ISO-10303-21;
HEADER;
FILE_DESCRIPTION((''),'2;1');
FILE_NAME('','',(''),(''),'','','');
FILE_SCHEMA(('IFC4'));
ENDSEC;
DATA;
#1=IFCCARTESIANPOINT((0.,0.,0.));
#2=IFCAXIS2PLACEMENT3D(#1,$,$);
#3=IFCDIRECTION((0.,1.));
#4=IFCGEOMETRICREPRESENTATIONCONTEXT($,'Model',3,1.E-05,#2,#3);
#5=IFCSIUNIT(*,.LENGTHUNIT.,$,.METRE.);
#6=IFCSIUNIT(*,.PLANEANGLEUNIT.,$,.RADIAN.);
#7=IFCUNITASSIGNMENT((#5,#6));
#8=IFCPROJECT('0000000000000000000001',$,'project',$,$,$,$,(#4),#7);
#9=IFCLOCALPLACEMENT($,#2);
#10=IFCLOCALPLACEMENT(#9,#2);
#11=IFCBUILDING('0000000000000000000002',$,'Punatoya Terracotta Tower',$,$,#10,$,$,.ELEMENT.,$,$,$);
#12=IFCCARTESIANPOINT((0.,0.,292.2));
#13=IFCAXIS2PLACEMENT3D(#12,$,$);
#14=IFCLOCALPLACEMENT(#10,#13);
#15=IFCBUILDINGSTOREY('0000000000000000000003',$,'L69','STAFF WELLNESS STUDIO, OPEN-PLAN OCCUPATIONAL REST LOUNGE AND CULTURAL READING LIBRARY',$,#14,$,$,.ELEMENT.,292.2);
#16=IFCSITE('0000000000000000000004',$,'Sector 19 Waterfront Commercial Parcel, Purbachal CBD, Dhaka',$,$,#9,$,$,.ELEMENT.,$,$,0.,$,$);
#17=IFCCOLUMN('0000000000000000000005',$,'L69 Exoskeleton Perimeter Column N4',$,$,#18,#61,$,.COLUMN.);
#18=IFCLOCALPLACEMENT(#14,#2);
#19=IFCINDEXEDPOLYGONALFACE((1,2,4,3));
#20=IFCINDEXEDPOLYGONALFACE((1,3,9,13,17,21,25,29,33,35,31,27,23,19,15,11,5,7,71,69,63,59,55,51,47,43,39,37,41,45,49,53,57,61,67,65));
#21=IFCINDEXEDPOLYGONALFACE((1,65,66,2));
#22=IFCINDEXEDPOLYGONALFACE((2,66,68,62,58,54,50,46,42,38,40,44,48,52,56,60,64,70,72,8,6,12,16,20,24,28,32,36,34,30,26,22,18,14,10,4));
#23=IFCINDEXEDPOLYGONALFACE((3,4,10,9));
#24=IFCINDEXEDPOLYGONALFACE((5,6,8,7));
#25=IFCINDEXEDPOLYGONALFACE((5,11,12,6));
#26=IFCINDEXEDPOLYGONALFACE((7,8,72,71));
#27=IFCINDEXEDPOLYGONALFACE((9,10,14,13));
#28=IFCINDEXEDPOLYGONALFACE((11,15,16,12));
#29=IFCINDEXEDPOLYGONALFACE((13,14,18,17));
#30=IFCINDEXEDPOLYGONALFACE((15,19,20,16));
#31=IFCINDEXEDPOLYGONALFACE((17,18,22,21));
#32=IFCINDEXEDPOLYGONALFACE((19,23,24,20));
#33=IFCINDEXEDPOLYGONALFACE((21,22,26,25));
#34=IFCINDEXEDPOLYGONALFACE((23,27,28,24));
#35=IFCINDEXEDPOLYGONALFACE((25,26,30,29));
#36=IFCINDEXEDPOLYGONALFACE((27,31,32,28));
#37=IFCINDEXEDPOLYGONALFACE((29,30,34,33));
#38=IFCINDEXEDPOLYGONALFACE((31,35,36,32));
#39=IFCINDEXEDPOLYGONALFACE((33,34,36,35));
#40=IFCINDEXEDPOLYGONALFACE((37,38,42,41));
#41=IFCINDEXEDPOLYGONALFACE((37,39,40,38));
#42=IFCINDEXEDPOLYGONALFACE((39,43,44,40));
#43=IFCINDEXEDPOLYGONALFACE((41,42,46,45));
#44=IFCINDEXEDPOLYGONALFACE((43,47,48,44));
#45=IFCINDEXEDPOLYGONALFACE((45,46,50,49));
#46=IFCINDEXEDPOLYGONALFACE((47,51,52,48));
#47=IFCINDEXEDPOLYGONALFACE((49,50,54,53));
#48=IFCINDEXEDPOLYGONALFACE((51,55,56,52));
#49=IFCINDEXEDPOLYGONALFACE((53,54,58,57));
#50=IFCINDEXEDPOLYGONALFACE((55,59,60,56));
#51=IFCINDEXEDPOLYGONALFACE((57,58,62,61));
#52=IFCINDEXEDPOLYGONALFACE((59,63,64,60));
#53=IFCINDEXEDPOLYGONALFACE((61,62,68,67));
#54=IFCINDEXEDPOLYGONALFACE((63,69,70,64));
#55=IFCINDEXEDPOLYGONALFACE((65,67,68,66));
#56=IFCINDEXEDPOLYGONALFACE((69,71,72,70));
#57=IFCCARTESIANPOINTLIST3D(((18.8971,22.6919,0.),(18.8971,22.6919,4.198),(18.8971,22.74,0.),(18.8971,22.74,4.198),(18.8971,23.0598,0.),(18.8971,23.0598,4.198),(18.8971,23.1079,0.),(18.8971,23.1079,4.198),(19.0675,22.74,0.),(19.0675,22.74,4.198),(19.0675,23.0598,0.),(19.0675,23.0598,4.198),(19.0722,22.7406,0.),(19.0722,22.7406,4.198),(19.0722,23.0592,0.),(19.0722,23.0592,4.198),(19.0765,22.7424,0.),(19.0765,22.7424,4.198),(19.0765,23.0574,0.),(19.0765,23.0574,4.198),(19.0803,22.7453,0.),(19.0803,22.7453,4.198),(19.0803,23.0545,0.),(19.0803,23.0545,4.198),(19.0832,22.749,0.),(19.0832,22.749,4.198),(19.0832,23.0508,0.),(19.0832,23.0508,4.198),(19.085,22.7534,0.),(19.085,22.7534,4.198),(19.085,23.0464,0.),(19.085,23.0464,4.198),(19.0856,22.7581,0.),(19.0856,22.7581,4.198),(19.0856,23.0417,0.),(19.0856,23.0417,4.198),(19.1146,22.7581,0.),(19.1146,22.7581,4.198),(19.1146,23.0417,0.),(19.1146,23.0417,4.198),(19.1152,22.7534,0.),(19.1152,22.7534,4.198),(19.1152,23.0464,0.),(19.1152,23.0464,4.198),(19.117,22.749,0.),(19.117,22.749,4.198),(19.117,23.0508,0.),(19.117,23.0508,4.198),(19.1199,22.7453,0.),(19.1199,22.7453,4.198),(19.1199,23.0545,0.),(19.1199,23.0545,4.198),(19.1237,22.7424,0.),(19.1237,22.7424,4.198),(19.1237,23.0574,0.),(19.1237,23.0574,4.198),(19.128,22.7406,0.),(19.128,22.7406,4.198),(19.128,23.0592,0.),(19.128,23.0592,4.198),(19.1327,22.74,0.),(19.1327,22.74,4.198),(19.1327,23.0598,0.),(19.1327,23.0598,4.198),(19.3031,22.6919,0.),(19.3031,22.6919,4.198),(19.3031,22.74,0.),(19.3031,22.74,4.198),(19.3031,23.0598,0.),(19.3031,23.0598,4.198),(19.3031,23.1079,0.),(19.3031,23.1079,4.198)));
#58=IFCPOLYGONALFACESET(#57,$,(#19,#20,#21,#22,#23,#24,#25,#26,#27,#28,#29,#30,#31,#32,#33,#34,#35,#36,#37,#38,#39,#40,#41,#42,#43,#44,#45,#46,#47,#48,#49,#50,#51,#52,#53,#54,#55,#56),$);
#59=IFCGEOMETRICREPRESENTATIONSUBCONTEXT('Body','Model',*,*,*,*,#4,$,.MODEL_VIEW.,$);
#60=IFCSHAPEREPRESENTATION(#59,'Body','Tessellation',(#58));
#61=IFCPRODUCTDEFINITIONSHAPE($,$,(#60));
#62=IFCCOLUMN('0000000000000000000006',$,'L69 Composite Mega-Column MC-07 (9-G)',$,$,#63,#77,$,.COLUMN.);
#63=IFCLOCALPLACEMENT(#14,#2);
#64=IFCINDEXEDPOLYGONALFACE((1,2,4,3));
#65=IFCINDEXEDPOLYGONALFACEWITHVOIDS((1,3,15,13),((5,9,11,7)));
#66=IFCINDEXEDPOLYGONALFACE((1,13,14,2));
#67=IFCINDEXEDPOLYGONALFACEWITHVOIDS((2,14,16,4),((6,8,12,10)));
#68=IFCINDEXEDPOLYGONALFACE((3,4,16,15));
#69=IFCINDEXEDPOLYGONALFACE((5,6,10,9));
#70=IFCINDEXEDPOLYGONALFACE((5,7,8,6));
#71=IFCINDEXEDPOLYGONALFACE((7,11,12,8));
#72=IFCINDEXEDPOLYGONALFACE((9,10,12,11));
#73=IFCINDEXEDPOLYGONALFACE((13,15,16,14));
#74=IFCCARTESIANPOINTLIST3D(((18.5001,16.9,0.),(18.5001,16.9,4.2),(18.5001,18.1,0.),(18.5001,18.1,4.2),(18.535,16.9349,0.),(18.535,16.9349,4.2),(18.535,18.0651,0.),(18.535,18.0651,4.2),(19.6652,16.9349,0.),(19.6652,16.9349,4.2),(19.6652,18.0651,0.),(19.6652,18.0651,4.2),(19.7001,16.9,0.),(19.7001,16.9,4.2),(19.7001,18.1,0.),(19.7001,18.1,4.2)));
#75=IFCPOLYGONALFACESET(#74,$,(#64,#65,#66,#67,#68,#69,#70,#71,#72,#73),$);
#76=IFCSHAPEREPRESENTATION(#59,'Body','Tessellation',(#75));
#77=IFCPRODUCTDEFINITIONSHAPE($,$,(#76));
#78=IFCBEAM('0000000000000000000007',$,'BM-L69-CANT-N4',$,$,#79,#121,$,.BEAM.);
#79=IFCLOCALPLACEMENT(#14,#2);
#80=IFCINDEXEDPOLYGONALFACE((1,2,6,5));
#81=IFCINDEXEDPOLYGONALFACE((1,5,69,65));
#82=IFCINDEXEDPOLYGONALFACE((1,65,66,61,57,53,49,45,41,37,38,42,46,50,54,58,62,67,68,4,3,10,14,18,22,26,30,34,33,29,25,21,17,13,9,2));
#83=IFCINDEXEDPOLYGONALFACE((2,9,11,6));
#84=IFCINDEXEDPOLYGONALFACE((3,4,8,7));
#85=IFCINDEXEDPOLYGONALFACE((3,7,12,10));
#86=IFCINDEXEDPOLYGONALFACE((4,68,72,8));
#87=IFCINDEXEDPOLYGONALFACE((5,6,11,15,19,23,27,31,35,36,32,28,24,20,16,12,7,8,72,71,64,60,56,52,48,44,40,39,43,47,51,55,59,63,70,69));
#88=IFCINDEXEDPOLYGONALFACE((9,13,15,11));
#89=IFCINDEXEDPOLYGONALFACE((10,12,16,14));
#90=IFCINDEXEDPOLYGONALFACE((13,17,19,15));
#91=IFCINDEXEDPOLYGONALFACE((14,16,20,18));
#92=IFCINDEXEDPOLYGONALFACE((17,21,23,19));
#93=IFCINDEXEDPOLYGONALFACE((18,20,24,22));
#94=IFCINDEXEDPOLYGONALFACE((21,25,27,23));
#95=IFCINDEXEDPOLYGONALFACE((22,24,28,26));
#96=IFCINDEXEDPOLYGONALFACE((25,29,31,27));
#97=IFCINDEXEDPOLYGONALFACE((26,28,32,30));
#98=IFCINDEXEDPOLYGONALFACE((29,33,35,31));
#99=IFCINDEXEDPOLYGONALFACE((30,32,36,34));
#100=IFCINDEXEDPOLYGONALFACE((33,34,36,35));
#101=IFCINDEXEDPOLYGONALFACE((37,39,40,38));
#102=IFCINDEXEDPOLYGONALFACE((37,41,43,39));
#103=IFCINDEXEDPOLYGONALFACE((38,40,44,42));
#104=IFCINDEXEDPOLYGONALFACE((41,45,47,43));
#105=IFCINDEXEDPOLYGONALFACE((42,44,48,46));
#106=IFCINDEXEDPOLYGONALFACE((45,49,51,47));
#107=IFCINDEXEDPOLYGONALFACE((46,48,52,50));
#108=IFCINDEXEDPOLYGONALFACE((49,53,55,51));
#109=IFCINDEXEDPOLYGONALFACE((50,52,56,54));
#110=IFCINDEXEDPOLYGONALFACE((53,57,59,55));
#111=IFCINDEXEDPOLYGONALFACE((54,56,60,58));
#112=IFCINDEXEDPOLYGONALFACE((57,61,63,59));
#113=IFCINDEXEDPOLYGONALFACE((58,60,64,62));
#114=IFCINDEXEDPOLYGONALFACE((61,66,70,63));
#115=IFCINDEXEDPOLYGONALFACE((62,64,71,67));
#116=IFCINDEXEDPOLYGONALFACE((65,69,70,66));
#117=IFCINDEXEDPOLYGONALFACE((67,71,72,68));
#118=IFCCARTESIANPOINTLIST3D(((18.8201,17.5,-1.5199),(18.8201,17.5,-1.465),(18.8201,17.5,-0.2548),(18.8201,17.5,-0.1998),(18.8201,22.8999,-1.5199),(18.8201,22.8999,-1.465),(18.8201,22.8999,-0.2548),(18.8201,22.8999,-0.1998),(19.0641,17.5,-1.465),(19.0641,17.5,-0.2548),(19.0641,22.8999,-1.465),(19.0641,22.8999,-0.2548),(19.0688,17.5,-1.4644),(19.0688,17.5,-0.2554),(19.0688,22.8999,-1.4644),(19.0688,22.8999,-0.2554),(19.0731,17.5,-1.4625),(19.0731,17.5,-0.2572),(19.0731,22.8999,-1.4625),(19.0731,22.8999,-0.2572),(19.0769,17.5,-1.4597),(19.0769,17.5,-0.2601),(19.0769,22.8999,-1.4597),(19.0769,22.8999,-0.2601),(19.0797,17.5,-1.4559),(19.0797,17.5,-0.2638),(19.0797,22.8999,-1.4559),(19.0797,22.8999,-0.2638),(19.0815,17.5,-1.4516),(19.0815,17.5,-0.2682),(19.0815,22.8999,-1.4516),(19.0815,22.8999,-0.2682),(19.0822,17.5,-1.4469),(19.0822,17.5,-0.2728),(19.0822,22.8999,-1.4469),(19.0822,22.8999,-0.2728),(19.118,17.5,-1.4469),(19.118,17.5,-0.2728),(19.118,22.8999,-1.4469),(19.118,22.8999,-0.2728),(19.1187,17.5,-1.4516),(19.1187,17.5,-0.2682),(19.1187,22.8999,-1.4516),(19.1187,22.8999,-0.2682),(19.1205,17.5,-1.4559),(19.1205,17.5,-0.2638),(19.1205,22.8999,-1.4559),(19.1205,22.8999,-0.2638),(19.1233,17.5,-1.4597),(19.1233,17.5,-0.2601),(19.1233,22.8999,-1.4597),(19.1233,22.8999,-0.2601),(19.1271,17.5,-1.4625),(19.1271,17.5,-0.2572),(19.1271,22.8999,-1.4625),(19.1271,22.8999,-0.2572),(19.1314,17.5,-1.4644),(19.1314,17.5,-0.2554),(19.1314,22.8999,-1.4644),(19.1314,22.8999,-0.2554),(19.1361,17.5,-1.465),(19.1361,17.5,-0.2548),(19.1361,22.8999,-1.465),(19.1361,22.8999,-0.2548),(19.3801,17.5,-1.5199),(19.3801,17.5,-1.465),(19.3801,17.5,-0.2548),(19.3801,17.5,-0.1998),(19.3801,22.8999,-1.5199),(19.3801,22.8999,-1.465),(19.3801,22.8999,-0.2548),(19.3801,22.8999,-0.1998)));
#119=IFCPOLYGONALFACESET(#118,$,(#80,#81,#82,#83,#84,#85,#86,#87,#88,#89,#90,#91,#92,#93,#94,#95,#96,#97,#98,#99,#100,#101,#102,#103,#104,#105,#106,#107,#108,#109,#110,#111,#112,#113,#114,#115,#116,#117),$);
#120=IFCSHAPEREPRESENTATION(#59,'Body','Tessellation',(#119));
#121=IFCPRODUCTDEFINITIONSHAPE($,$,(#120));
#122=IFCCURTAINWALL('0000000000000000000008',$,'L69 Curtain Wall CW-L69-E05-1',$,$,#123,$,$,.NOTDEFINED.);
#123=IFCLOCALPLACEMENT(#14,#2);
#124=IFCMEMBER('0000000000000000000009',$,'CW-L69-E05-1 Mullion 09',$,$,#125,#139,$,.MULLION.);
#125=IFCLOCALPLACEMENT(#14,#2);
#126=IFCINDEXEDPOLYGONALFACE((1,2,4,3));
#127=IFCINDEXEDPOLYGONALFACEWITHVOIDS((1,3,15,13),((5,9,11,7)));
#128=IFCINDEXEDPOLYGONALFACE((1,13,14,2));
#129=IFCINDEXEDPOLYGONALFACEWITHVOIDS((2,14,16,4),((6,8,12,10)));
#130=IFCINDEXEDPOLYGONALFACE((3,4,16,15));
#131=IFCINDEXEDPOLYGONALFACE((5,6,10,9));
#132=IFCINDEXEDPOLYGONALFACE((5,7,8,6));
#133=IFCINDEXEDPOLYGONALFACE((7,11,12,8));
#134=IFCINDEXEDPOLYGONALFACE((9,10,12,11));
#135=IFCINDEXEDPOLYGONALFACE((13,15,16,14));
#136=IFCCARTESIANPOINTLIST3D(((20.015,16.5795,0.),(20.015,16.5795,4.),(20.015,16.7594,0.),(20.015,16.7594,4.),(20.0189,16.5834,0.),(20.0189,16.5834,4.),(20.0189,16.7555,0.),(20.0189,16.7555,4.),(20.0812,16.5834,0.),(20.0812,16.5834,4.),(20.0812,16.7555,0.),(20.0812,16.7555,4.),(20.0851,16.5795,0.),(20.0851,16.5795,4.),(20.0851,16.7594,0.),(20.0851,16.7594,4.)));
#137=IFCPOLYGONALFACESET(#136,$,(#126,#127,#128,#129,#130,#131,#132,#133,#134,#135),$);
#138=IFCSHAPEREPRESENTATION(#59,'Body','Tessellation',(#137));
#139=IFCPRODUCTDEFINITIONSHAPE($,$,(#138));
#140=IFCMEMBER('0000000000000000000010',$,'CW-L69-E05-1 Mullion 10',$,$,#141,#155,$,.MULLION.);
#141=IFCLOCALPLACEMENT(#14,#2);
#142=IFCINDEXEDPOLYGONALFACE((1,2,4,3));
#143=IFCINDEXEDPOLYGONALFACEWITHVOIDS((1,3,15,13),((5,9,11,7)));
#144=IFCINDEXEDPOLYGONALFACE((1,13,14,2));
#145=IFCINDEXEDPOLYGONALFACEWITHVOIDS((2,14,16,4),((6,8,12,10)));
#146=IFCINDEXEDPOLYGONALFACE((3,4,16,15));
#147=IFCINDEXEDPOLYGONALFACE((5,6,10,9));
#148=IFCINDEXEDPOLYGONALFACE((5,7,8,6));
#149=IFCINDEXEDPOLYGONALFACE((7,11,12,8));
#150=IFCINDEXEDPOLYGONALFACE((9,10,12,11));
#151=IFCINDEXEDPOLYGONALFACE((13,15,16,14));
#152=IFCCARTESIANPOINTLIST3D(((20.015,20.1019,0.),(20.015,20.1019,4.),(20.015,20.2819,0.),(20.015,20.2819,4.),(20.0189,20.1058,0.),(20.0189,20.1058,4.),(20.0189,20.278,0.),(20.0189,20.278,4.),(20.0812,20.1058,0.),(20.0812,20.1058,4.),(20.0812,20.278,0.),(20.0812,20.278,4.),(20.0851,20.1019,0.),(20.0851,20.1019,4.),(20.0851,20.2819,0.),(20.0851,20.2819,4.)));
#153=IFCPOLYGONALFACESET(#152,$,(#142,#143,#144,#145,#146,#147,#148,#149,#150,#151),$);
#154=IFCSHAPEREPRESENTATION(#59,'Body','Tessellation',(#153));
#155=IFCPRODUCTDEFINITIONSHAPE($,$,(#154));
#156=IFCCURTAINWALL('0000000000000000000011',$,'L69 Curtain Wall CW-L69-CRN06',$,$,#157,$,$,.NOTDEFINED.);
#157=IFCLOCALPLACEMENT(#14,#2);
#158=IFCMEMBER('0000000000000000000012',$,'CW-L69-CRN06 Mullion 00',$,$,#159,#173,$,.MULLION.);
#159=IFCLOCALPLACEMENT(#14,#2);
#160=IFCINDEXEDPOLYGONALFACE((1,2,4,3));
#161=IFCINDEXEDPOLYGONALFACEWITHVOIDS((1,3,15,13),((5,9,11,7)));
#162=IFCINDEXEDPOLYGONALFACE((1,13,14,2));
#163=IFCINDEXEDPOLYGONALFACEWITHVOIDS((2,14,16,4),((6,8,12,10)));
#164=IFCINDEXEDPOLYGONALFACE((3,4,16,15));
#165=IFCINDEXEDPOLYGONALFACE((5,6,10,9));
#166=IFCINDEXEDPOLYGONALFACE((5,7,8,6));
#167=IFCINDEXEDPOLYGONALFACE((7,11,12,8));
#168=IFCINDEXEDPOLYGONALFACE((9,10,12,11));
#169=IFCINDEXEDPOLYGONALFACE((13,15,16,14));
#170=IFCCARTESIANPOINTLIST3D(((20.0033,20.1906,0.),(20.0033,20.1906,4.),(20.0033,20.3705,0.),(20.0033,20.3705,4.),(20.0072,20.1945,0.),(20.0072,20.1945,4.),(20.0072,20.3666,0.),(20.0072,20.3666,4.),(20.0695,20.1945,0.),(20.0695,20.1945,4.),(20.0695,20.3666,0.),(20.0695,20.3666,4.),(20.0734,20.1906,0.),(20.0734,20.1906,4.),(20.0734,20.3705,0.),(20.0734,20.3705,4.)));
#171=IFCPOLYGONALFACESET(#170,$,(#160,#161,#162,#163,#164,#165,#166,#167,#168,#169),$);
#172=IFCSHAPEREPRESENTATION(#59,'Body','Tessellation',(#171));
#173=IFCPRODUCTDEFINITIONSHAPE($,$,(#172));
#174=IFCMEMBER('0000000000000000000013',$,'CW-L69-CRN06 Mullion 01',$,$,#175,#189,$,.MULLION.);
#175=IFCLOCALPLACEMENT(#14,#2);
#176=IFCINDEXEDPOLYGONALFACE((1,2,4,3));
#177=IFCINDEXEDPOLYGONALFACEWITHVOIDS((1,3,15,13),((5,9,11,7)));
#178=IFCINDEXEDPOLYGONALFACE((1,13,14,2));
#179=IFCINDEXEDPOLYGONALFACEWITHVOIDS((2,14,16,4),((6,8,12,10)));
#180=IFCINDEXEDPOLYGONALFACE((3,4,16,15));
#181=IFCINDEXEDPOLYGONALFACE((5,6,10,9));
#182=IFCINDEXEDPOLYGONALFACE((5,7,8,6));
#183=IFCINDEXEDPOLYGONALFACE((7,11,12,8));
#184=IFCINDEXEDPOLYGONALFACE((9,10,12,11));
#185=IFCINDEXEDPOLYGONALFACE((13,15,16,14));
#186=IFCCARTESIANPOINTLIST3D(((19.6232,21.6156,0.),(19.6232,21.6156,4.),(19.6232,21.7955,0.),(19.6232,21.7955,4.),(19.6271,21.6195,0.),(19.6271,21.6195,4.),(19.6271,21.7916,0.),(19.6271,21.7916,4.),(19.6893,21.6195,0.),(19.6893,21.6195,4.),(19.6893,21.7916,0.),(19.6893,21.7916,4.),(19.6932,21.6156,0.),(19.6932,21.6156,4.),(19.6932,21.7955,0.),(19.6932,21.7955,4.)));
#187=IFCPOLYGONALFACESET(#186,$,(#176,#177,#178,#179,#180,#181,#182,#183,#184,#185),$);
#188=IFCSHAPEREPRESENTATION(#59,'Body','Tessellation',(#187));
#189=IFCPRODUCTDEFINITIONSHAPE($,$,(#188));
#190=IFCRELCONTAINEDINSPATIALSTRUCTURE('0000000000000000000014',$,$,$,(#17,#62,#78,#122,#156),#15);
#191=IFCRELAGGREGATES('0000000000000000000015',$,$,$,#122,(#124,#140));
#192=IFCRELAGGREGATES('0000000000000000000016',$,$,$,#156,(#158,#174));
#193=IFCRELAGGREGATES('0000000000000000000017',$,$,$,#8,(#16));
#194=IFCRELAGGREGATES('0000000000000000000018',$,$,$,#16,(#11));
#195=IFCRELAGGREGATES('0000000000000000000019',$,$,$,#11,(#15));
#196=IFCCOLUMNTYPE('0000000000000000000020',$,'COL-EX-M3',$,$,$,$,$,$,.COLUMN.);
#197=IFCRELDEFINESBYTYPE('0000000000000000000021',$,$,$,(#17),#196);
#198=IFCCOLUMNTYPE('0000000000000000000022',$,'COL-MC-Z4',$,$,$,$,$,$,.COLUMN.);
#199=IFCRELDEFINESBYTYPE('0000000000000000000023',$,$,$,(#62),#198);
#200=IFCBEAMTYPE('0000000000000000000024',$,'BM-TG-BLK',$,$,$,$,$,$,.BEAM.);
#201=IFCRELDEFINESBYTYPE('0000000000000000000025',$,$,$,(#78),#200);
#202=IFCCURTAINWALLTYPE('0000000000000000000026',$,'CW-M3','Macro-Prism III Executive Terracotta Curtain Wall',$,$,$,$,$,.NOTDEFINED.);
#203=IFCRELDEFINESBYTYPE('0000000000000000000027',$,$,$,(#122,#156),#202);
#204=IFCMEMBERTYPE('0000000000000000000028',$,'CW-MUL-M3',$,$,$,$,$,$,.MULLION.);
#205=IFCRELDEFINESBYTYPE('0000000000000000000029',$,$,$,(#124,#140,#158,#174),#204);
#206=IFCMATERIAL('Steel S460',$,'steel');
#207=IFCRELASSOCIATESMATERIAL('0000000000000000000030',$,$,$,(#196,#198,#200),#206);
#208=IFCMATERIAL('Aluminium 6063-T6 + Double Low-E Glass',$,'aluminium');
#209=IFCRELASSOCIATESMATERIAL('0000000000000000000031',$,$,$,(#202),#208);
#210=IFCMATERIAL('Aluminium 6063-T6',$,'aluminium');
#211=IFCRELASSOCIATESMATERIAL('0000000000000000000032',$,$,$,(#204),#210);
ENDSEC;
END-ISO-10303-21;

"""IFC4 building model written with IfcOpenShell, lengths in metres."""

from ifc_helpers import new_model, si_unit, direction, frame, origin, origin_2d, place, context, subcontext, project, spatial, hollow_rectangle, i_section, extrude, material, material_profile, profile_set, type_object, element, aggregate, save


model = new_model("IFC4")

# Units and contexts
model_context = context("Model", 3, precision=1e-05, world=origin(), true_north=direction((0.0, 1.0)))
body_context = subcontext(model_context, "Body", "Model", "MODEL_VIEW")
ifc_project = project(units=[si_unit("LENGTHUNIT", "METRE"), si_unit("PLANEANGLEUNIT", "RADIAN")], contexts=[model_context])

# Site, building, storey
site_placement = place(None, origin())
site = spatial("IfcSite", under=ifc_project, at=site_placement, Name="Sector 19 Waterfront Commercial Parcel, Purbachal CBD, Dhaka", CompositionType="ELEMENT", RefElevation=0.0)
building_placement = place(site_placement, origin())
building = spatial("IfcBuilding", under=site, at=building_placement, Name="Punatoya Terracotta Tower", CompositionType="ELEMENT")
storey_placement = place(building_placement, frame((0.0, 0.0, 292.2)))
storey = spatial("IfcBuildingStorey", under=building, at=storey_placement, Name="L69", Description="STAFF WELLNESS STUDIO, OPEN-PLAN OCCUPATIONAL REST LOUNGE AND CULTURAL READING LIBRARY", CompositionType="ELEMENT", Elevation=292.2)

# Columns
ifc_material_1 = material(Name="Steel S460", Category="steel")
ifc_material_profile_1 = material_profile(ifc_material_1, i_section(OverallWidth=0.406, OverallDepth=0.416, WebThickness=0.0291, FlangeThickness=0.0481, FilletRadius=0.0181, at=origin_2d()))
ifc_profile_set_1 = profile_set([ifc_material_profile_1], Name="Steel S460")
column_type_1 = type_object("IfcColumnType", Name="COL-EX-M3", PredefinedType="COLUMN", material=ifc_profile_set_1)
column_1_placement = place(storey_placement, frame((19.1001, 22.8999, 0.0), z_axis=(0.0, 0.0, 1.0), x_axis=(1.0, 0.0, 0.0)))
element("IfcColumn", 1, at=column_1_placement, inside=storey, type_object=column_type_1, Name="L69 Exoskeleton Perimeter Column N4", PredefinedType="COLUMN", context=body_context, shape_type="SweptSolid", body=[
    extrude(i_section(OverallWidth=0.406, OverallDepth=0.416, WebThickness=0.0291, FlangeThickness=0.0481, FilletRadius=0.0181, at=origin_2d()), origin(), (0.0, 0.0, 1.0), 4.198),
])
ifc_material_profile_2 = material_profile(ifc_material_1, hollow_rectangle(XDim=1.2, YDim=1.2, WallThickness=0.0349, at=origin_2d()))
ifc_profile_set_2 = profile_set([ifc_material_profile_2], Name="Steel S460")
column_type_2 = type_object("IfcColumnType", Name="COL-MC-Z4", PredefinedType="COLUMN", material=ifc_profile_set_2)
column_2_placement = place(storey_placement, frame((19.1001, 17.5, 0.0), z_axis=(0.0, 0.0, 1.0), x_axis=(1.0, 0.0, 0.0)))
element("IfcColumn", 2, at=column_2_placement, inside=storey, type_object=column_type_2, Name="L69 Composite Mega-Column MC-07 (9-G)", PredefinedType="COLUMN", context=body_context, shape_type="SweptSolid", body=[
    extrude(hollow_rectangle(XDim=1.2, YDim=1.2, WallThickness=0.0349, at=origin_2d()), origin(), (0.0, 0.0, 1.0), 4.2),
])

# Beam
ifc_material_profile_3 = material_profile(ifc_material_1, i_section(OverallWidth=0.5601, OverallDepth=1.3201, WebThickness=0.0359, FlangeThickness=0.0549, FilletRadius=0.0181, at=origin_2d()))
ifc_profile_set_3 = profile_set([ifc_material_profile_3], Name="Steel S460")
beam_type = type_object("IfcBeamType", Name="BM-TG-BLK", PredefinedType="BEAM", material=ifc_profile_set_3)
beam_placement = place(storey_placement, frame((19.1001, 17.5, -0.8599), z_axis=(0.0, 1.0, 0.0), x_axis=(-1.0, 0.0, 0.0)))
element("IfcBeam", 3, at=beam_placement, inside=storey, type_object=beam_type, Name="BM-L69-CANT-N4", PredefinedType="BEAM", context=body_context, shape_type="SweptSolid", body=[
    extrude(i_section(OverallWidth=0.5601, OverallDepth=1.3201, WebThickness=0.0359, FlangeThickness=0.0549, FilletRadius=0.0181, at=origin_2d()), origin(), (0.0, 0.0, 1.0), 5.3999),
])

# Curtain walls, members
ifc_material_2 = material(Name="Aluminium 6063-T6 + Double Low-E Glass", Category="aluminium")
curtain_wall_type = type_object("IfcCurtainWallType", Name="CW-M3", Description="Macro-Prism III Executive Terracotta Curtain Wall", PredefinedType="NOTDEFINED", material=ifc_material_2)
curtain_wall_1_placement = place(storey_placement, origin())
curtain_wall_1 = element("IfcCurtainWall", 4, at=curtain_wall_1_placement, inside=storey, type_object=curtain_wall_type, Name="L69 Curtain Wall CW-L69-E05-1", PredefinedType="NOTDEFINED")
ifc_material_3 = material(Name="Aluminium 6063-T6", Category="aluminium")
ifc_material_profile_4 = material_profile(ifc_material_3, hollow_rectangle(XDim=0.0701, YDim=0.1799, WallThickness=0.0039, at=origin_2d()))
ifc_profile_set_4 = profile_set([ifc_material_profile_4], Name="Aluminium 6063-T6")
member_type_1 = type_object("IfcMemberType", Name="CW-MUL-M3", PredefinedType="MULLION", material=ifc_profile_set_4)
member_1_placement = place(storey_placement, frame((20.05, 16.6694, 0.0), z_axis=(0.0, 0.0, 1.0), x_axis=(1.0, 0.0, 0.0)))
member_1 = element("IfcMember", 5, at=member_1_placement, type_object=member_type_1, Name="CW-L69-E05-1 Mullion 09", PredefinedType="MULLION", context=body_context, shape_type="SweptSolid", body=[
    extrude(hollow_rectangle(XDim=0.0701, YDim=0.1799, WallThickness=0.0039, at=origin_2d()), origin(), (0.0, 0.0, 1.0), 4.0),
])
member_2_placement = place(storey_placement, frame((20.05, 20.1919, 0.0), z_axis=(0.0, 0.0, 1.0), x_axis=(1.0, 0.0, 0.0)))
member_2 = element("IfcMember", 6, at=member_2_placement, type_object=member_type_1, Name="CW-L69-E05-1 Mullion 10", PredefinedType="MULLION", context=body_context, shape_type="SweptSolid", body=[
    extrude(hollow_rectangle(XDim=0.0701, YDim=0.1799, WallThickness=0.0039, at=origin_2d()), origin(), (0.0, 0.0, 1.0), 4.0),
])
curtain_wall_2_placement = place(storey_placement, origin())
curtain_wall_2 = element("IfcCurtainWall", 7, at=curtain_wall_2_placement, inside=storey, type_object=curtain_wall_type, Name="L69 Curtain Wall CW-L69-CRN06", PredefinedType="NOTDEFINED")
member_3_placement = place(storey_placement, frame((20.0383, 20.2805, 0.0), z_axis=(0.0, 0.0, 1.0), x_axis=(1.0, 0.0, 0.0)))
member_3 = element("IfcMember", 8, at=member_3_placement, type_object=member_type_1, Name="CW-L69-CRN06 Mullion 00", PredefinedType="MULLION", context=body_context, shape_type="SweptSolid", body=[
    extrude(hollow_rectangle(XDim=0.0701, YDim=0.1799, WallThickness=0.0039, at=origin_2d()), origin(), (0.0, 0.0, 1.0), 4.0),
])
member_4_placement = place(storey_placement, frame((19.6582, 21.7056, 0.0), z_axis=(0.0, 0.0, 1.0), x_axis=(1.0, 0.0, 0.0)))
member_4 = element("IfcMember", 9, at=member_4_placement, type_object=member_type_1, Name="CW-L69-CRN06 Mullion 01", PredefinedType="MULLION", context=body_context, shape_type="SweptSolid", body=[
    extrude(hollow_rectangle(XDim=0.0701, YDim=0.1799, WallThickness=0.0039, at=origin_2d()), origin(), (0.0, 0.0, 1.0), 4.0),
])

aggregate(curtain_wall_1, [member_1, member_2])
aggregate(curtain_wall_2, [member_3, member_4])

save(model, "model.ifc")
